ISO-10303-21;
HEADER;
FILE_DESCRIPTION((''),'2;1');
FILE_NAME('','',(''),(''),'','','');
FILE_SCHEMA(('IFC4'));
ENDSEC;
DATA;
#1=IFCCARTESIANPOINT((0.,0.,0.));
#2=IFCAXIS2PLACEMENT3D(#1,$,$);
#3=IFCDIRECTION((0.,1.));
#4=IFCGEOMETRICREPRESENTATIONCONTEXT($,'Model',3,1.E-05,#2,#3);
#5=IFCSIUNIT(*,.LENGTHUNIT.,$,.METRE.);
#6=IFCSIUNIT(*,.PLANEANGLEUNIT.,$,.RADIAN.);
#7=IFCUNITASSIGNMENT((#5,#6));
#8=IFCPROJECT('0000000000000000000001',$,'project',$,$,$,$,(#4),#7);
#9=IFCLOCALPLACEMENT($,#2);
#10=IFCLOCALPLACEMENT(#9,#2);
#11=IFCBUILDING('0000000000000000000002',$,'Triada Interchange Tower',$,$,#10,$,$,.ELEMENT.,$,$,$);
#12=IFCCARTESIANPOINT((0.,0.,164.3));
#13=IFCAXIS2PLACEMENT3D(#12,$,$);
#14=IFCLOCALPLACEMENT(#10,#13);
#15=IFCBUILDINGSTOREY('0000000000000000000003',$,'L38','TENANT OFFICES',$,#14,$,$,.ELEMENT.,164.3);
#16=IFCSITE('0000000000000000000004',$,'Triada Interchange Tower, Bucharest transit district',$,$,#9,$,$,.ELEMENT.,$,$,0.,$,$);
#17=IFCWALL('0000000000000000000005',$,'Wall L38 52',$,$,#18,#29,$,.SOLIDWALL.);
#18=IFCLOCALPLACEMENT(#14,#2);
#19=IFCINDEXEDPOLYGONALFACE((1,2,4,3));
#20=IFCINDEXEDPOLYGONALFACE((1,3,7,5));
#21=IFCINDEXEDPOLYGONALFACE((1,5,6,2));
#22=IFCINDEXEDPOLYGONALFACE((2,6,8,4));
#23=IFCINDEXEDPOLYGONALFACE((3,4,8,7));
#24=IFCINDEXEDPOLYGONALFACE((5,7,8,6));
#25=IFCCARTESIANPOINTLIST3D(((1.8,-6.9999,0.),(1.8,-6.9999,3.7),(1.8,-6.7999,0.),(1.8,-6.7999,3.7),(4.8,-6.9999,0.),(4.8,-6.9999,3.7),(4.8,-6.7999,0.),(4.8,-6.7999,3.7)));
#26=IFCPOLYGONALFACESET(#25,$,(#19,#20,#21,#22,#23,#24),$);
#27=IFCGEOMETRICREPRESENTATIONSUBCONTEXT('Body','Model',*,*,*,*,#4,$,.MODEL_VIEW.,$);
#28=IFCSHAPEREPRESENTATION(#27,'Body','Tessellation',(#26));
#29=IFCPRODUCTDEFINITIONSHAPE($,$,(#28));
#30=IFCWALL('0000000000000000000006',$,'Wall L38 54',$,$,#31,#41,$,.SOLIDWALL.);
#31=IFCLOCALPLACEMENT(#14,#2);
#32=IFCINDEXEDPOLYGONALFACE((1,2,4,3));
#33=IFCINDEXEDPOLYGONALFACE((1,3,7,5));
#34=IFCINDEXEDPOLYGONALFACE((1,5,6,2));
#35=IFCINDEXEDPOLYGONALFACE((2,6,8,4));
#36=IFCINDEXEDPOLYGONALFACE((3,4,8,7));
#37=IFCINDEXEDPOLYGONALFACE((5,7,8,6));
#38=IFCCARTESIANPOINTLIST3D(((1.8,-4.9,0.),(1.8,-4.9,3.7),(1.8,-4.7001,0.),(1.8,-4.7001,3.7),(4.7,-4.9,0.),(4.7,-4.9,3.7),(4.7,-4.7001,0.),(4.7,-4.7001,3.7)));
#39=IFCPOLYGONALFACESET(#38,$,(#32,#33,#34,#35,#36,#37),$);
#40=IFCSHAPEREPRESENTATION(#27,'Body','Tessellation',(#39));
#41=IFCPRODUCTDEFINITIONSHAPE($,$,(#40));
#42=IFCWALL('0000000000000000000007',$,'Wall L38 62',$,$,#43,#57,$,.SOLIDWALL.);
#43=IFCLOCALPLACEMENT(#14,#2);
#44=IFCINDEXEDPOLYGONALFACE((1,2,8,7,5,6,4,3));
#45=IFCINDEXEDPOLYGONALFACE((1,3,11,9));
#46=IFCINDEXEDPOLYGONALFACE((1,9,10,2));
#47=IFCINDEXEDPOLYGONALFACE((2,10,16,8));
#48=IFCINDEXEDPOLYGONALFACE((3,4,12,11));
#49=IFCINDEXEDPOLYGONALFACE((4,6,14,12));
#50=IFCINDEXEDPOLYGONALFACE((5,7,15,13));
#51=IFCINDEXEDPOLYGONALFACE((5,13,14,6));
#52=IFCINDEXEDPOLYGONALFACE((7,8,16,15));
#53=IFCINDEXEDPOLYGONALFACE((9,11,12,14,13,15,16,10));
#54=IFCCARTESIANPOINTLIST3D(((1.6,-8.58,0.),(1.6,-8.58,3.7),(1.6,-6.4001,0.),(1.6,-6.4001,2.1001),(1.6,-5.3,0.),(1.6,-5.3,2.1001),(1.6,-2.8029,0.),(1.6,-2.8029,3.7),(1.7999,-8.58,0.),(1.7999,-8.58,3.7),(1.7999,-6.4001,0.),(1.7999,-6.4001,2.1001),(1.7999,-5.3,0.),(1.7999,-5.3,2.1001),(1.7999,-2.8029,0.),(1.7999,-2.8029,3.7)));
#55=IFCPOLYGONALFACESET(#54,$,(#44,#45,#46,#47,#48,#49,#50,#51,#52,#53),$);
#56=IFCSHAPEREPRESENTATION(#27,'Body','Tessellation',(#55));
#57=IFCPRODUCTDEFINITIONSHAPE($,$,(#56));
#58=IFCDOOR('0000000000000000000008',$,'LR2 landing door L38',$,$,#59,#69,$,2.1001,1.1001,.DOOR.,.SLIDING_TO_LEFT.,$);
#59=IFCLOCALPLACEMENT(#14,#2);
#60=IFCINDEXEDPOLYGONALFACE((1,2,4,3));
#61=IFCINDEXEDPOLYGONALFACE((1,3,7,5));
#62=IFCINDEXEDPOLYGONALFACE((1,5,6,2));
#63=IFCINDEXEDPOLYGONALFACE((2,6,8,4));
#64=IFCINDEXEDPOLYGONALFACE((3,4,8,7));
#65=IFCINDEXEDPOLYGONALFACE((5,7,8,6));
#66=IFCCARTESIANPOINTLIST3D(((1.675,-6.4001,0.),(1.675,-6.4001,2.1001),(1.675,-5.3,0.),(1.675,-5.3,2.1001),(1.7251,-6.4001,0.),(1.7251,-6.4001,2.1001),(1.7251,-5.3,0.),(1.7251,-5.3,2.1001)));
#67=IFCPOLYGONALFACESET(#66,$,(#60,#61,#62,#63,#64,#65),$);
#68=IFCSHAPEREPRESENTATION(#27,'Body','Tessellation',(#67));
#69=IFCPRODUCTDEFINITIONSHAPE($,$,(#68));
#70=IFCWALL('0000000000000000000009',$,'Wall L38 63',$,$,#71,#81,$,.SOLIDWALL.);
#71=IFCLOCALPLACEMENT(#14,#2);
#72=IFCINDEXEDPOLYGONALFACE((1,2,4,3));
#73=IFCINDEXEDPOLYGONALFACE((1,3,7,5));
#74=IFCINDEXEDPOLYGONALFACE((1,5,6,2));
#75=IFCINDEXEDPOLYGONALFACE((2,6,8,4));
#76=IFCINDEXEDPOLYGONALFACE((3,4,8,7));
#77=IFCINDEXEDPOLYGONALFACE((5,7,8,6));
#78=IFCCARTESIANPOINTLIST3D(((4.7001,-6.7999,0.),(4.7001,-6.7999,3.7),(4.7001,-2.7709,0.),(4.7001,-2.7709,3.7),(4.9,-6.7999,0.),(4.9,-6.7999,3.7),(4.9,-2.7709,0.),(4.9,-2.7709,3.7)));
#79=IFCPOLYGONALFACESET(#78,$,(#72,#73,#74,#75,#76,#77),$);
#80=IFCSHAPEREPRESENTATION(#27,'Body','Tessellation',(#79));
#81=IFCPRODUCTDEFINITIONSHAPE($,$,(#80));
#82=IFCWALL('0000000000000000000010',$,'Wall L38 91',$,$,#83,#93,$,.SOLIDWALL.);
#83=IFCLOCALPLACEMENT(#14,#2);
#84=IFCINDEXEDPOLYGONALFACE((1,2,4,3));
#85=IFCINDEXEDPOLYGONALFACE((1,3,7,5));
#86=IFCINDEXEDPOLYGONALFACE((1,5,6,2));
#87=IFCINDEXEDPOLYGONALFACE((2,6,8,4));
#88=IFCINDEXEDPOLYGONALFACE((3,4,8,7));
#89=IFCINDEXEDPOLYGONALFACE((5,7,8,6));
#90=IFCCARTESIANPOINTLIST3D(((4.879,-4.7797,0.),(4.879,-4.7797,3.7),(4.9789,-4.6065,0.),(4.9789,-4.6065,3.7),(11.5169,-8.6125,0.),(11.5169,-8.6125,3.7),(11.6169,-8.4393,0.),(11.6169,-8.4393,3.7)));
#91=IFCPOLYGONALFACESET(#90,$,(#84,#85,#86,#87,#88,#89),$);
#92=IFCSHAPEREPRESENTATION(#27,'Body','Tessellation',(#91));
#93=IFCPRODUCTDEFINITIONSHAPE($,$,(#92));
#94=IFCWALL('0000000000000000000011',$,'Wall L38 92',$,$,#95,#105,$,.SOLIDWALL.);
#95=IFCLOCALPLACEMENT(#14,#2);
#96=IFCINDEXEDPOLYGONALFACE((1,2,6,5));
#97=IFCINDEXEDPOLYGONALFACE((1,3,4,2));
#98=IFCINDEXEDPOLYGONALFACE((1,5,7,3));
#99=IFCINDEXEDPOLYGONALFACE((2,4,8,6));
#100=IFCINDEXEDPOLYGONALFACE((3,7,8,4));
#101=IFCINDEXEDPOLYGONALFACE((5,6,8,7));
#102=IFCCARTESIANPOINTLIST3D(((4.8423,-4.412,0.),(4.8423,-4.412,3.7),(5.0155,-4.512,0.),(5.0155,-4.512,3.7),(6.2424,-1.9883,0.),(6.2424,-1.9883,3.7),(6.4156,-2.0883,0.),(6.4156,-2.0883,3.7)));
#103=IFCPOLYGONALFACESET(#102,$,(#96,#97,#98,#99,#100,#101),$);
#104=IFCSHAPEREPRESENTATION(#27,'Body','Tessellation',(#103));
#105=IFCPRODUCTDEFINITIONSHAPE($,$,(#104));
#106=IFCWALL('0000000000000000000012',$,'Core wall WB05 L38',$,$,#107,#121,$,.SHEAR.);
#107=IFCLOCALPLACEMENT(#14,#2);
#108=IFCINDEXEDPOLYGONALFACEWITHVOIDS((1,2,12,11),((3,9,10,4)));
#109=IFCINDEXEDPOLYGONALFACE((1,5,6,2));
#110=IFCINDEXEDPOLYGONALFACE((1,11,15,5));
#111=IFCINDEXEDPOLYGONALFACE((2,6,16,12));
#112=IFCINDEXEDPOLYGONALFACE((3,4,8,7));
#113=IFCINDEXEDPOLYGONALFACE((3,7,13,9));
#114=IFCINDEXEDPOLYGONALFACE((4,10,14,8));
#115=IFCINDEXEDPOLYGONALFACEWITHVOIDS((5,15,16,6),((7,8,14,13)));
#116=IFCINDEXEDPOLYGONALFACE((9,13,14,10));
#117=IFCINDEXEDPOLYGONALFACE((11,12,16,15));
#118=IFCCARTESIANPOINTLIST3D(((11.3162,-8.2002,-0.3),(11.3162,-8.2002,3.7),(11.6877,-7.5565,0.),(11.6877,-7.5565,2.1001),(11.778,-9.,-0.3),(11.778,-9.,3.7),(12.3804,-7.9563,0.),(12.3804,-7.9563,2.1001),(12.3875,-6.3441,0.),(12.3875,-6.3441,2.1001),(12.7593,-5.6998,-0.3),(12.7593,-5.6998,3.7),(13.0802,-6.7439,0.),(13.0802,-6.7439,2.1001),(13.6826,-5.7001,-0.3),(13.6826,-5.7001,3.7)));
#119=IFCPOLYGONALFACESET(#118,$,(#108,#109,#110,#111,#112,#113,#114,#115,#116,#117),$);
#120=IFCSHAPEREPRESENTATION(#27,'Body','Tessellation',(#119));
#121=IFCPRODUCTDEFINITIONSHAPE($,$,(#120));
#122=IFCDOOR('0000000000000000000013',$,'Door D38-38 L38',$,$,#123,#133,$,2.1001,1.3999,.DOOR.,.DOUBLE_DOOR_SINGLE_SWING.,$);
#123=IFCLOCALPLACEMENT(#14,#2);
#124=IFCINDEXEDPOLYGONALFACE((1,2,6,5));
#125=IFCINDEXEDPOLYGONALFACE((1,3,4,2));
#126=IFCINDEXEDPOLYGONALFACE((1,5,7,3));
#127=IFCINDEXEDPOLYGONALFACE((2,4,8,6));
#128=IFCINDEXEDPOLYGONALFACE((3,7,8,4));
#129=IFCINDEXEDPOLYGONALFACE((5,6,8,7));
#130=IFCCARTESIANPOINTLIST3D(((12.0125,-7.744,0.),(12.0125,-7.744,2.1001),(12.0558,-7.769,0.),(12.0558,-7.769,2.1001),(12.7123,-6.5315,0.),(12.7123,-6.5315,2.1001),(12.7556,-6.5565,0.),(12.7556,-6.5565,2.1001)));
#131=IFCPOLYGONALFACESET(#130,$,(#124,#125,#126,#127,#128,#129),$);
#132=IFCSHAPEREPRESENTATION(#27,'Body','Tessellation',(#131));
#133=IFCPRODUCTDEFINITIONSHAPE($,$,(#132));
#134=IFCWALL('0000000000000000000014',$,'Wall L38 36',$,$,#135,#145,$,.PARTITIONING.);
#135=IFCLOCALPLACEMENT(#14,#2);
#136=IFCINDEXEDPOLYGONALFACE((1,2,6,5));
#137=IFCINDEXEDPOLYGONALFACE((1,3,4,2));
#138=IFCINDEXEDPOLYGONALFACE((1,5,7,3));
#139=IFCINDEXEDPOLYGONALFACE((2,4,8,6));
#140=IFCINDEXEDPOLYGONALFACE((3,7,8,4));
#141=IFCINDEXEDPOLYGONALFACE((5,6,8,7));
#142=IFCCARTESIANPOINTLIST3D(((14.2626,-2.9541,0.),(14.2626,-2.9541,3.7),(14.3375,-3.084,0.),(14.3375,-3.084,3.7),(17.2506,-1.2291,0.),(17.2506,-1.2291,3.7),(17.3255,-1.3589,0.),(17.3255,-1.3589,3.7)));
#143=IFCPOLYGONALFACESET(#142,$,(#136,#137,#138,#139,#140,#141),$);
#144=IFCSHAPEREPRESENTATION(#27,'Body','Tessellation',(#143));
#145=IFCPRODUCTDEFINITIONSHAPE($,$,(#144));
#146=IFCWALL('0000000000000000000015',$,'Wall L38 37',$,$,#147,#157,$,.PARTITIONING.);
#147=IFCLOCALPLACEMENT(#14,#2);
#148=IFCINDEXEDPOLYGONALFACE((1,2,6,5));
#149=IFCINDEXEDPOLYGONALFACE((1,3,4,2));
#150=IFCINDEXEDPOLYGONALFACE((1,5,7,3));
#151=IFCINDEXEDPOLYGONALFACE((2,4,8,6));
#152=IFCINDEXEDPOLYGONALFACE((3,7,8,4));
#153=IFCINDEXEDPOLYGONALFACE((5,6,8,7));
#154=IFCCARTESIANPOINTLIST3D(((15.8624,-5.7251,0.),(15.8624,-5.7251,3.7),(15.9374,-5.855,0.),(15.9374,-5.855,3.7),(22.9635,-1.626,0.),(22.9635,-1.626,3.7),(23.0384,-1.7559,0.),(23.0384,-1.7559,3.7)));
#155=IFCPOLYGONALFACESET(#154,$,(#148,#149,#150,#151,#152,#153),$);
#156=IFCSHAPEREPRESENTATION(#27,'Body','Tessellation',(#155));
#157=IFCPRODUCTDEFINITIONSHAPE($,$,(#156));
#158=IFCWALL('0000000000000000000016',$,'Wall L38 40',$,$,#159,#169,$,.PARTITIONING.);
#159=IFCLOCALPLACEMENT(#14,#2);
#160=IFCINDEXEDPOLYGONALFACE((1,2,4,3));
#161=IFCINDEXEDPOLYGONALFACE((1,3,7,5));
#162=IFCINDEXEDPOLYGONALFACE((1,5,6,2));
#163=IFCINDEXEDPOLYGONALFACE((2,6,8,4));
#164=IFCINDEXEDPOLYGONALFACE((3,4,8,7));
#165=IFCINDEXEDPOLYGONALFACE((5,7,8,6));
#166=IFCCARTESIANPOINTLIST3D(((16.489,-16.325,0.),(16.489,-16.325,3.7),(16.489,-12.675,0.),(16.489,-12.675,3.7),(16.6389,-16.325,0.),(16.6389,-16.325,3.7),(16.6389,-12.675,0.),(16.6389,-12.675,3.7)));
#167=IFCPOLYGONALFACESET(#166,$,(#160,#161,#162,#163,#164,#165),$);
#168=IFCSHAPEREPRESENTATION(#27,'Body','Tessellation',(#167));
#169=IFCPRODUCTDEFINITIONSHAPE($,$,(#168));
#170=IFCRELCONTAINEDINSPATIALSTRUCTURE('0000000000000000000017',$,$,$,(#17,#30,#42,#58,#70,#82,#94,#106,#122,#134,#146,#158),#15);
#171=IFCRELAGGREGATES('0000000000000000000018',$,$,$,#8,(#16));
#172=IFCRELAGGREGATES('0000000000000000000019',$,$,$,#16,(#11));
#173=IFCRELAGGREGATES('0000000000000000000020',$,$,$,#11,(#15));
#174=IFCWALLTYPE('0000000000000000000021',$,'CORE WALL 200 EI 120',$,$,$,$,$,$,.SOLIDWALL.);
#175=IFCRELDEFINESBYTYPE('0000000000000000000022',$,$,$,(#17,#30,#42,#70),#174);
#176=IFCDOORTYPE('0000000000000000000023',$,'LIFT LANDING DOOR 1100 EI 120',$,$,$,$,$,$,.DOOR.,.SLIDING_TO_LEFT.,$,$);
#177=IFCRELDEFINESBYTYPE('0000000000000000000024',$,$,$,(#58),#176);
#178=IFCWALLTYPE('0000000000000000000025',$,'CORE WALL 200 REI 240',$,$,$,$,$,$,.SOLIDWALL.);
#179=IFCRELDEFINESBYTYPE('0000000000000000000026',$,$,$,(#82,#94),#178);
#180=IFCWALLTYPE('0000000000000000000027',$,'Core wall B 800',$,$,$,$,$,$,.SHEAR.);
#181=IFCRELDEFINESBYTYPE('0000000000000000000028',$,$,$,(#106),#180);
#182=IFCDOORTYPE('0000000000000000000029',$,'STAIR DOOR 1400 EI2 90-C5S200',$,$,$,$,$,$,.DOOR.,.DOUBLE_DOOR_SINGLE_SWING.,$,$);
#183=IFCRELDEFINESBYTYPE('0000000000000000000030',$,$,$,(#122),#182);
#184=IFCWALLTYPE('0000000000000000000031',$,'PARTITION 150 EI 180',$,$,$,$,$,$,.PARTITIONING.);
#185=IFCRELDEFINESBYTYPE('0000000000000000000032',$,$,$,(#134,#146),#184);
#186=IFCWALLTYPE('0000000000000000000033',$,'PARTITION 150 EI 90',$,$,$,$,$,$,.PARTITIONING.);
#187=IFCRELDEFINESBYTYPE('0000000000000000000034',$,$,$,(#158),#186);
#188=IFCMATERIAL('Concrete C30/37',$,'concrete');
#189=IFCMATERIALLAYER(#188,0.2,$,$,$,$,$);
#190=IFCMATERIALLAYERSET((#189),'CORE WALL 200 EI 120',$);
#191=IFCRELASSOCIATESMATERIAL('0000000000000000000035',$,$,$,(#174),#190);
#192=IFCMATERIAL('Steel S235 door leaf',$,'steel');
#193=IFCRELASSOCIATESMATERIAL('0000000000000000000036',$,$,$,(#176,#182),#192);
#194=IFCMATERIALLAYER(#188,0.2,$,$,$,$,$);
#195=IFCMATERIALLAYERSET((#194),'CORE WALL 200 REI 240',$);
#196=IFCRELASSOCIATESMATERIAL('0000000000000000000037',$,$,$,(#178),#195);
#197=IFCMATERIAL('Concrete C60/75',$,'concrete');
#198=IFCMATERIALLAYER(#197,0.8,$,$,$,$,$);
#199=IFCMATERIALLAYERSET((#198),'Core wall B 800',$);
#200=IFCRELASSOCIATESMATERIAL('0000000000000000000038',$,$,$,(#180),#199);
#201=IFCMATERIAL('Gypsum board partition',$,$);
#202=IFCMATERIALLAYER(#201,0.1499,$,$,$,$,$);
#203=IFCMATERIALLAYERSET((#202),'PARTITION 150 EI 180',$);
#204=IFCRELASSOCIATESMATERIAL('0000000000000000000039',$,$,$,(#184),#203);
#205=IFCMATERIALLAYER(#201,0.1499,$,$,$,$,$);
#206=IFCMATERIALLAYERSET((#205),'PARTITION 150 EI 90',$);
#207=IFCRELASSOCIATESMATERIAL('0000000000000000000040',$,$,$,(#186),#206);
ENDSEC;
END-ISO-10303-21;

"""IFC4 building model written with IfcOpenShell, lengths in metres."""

from ifc_helpers import new_model, si_unit, direction, frame, frame_2d, origin, place, context, subcontext, project, spatial, polyline, rectangle, outline, extrude, material, layer, layer_set, type_object, element, fill, save


model = new_model("IFC4")

# Units and contexts
model_context = context("Model", 3, precision=1e-05, world=origin(), true_north=direction((0.0, 1.0)))
body_context = subcontext(model_context, "Body", "Model", "MODEL_VIEW")
ifc_project = project(units=[si_unit("LENGTHUNIT", "METRE"), si_unit("PLANEANGLEUNIT", "RADIAN")], contexts=[model_context])

# Site, building, storey
site_placement = place(None, origin())
site = spatial("IfcSite", under=ifc_project, at=site_placement, Name="Triada Interchange Tower, Bucharest transit district", CompositionType="ELEMENT", RefElevation=0.0)
building_placement = place(site_placement, origin())
building = spatial("IfcBuilding", under=site, at=building_placement, Name="Triada Interchange Tower", CompositionType="ELEMENT")
storey_placement = place(building_placement, frame((0.0, 0.0, 164.3)))
storey = spatial("IfcBuildingStorey", under=building, at=storey_placement, Name="L38", Description="TENANT OFFICES", CompositionType="ELEMENT", Elevation=164.3)

# Walls
ifc_material_1 = material(Name="Concrete C30/37", Category="concrete")
ifc_layer_1 = layer(ifc_material_1, 0.2)
ifc_layer_set_1 = layer_set([ifc_layer_1], Name="CORE WALL 200 EI 120")
wall_type_1 = type_object("IfcWallType", Name="CORE WALL 200 EI 120", PredefinedType="SOLIDWALL", material=ifc_layer_set_1)
wall_1_placement = place(storey_placement, frame((1.8, -6.8999, 0.0), z_axis=(0.0, 0.0, 1.0), x_axis=(1.0, 0.0, 0.0)))
element("IfcWall", 1, at=wall_1_placement, inside=storey, type_object=wall_type_1, Name="Wall L38 52", PredefinedType="SOLIDWALL", context=body_context, shape_type="SweptSolid", body=[
    extrude(rectangle(XDim=3.0, YDim=0.2, at=frame_2d((1.5, 0.0))), origin(), (0.0, 0.0, 1.0), 3.7),
])
wall_2_placement = place(storey_placement, frame((1.8, -4.8, 0.0), z_axis=(0.0, 0.0, 1.0), x_axis=(1.0, 0.0, 0.0)))
element("IfcWall", 2, at=wall_2_placement, inside=storey, type_object=wall_type_1, Name="Wall L38 54", PredefinedType="SOLIDWALL", context=body_context, shape_type="SweptSolid", body=[
    extrude(rectangle(XDim=2.8999, YDim=0.2, at=frame_2d((1.45, 0.0))), origin(), (0.0, 0.0, 1.0), 3.7),
])

# Wall, opening, door
wall_3_placement = place(storey_placement, frame((1.7, -8.5801, 0.0), z_axis=(0.0, 0.0, 1.0), x_axis=(0.0, 1.0, 0.0)))
wall_3 = element("IfcWall", 3, at=wall_3_placement, inside=storey, type_object=wall_type_1, Name="Wall L38 62", PredefinedType="SOLIDWALL", context=body_context, shape_type="SweptSolid", body=[
    extrude(rectangle(XDim=5.7771, YDim=0.2, at=frame_2d((2.8887, 0.0))), origin(), (0.0, 0.0, 1.0), 3.7),
])
opening_1_placement = place(wall_3_placement, frame((2.1799, 0.0, 0.0)))
opening_1 = element("IfcOpeningElement", 4, at=opening_1_placement, cuts=wall_3, PredefinedType="OPENING", context=body_context, shape_type="SweptSolid", body=[
    extrude(rectangle(XDim=1.1001, YDim=2.1001, at=frame_2d((0.55, 1.05))), frame((0.0, 0.1099, 0.0), z_axis=(0.0, -1.0, 0.0), x_axis=(1.0, 0.0, 0.0)), (0.0, 0.0, 1.0), 0.22),
])
ifc_material_2 = material(Name="Steel S235 door leaf", Category="steel")
door_type_1 = type_object("IfcDoorType", Name="LIFT LANDING DOOR 1100 EI 120", OperationType="SLIDING_TO_LEFT", PredefinedType="DOOR", material=ifc_material_2)
door_1_placement = place(opening_1_placement, origin())
door_1 = element("IfcDoor", 5, at=door_1_placement, inside=storey, type_object=door_type_1, Name="LR2 landing door L38", OperationType="SLIDING_TO_LEFT", OverallHeight=2.1001, OverallWidth=1.1001, PredefinedType="DOOR", context=body_context, shape_type="SweptSolid", body=[
    extrude(rectangle(XDim=1.1001, YDim=2.1001, at=frame_2d((0.55, 1.05))), frame((0.0, 0.0249, 0.0), z_axis=(0.0, -1.0, 0.0), x_axis=(1.0, 0.0, 0.0)), (0.0, 0.0, 1.0), 0.05),
])
fill(opening_1, door_1)

# Walls
wall_4_placement = place(storey_placement, frame((4.8, -6.8, 0.0), z_axis=(0.0, 0.0, 1.0), x_axis=(0.0, 1.0, 0.0)))
element("IfcWall", 6, at=wall_4_placement, inside=storey, type_object=wall_type_1, Name="Wall L38 63", PredefinedType="SOLIDWALL", context=body_context, shape_type="SweptSolid", body=[
    extrude(rectangle(XDim=4.0291, YDim=0.2, at=frame_2d((2.0146, 0.0))), origin(), (0.0, 0.0, 1.0), 3.7),
])
ifc_layer_2 = layer(ifc_material_1, 0.2)
ifc_layer_set_2 = layer_set([ifc_layer_2], Name="CORE WALL 200 REI 240")
wall_type_2 = type_object("IfcWallType", Name="CORE WALL 200 REI 240", PredefinedType="SOLIDWALL", material=ifc_layer_set_2)
wall_5_placement = place(storey_placement, frame((4.929, -4.6931, 0.0), z_axis=(0.0, 0.0, 1.0), x_axis=(0.866006, -0.500034, 0.0)))
element("IfcWall", 7, at=wall_5_placement, inside=storey, type_object=wall_type_2, Name="Wall L38 91", PredefinedType="SOLIDWALL", context=body_context, shape_type="SweptSolid", body=[
    extrude(rectangle(XDim=7.665, YDim=0.2, at=frame_2d((3.8325, 0.0))), origin(), (0.0, 0.0, 1.0), 3.7),
])
wall_6_placement = place(storey_placement, frame((4.929, -4.4619, 0.0), z_axis=(0.0, 0.0, 1.0), x_axis=(0.500201, 0.86591, 0.0)))
element("IfcWall", 8, at=wall_6_placement, inside=storey, type_object=wall_type_2, Name="Wall L38 92", PredefinedType="SOLIDWALL", context=body_context, shape_type="SweptSolid", body=[
    extrude(rectangle(XDim=2.7991, YDim=0.2, at=frame_2d((1.3994, 0.0))), origin(), (0.0, 0.0, 1.0), 3.7),
])

# Wall, opening, door
ifc_material_3 = material(Name="Concrete C60/75", Category="concrete")
ifc_layer_3 = layer(ifc_material_3, 0.8)
ifc_layer_set_3 = layer_set([ifc_layer_3], Name="Core wall B 800")
wall_type_3 = type_object("IfcWallType", Name="Core wall B 800", PredefinedType="SHEAR", material=ifc_layer_set_3)
wall_7_placement = place(storey_placement, frame((11.5471, -8.6001, -0.3), z_axis=(0.0, 0.0, 1.0), x_axis=(0.499872, 0.866099, 0.0)))
wall_7 = element("IfcWall", 9, at=wall_7_placement, inside=storey, type_object=wall_type_3, Name="Core wall WB05 L38", PredefinedType="SHEAR", context=body_context, shape_type="SweptSolid", body=[
    extrude(outline(polyline([(-0.231, -0.3999), (1.6741, -0.3999), (3.5791, -0.3999), (3.1179, 0.3999), (1.6743, 0.3999), (0.231, 0.3999), (-0.231, -0.3999)])), origin(), (0.0, 0.0, 1.0), 4.0),
])
opening_2_placement = place(wall_7_placement, frame((0.9741, 0.0, 0.3)))
opening_2 = element("IfcOpeningElement", 10, at=opening_2_placement, cuts=wall_7, PredefinedType="OPENING", context=body_context, shape_type="SweptSolid", body=[
    extrude(rectangle(XDim=1.3999, YDim=2.1001, at=frame_2d((0.7, 1.05))), frame((0.0, 0.4099, 0.0), z_axis=(0.0, -1.0, 0.0), x_axis=(1.0, 0.0, 0.0)), (0.0, 0.0, 1.0), 0.8201),
])
door_type_2 = type_object("IfcDoorType", Name="STAIR DOOR 1400 EI2 90-C5S200", OperationType="DOUBLE_DOOR_SINGLE_SWING", PredefinedType="DOOR", material=ifc_material_2)
door_2_placement = place(opening_2_placement, origin())
door_2 = element("IfcDoor", 11, at=door_2_placement, inside=storey, type_object=door_type_2, Name="Door D38-38 L38", OperationType="DOUBLE_DOOR_SINGLE_SWING", OverallHeight=2.1001, OverallWidth=1.3999, PredefinedType="DOOR", context=body_context, shape_type="SweptSolid", body=[
    extrude(rectangle(XDim=1.3999, YDim=2.1001, at=frame_2d((0.7, 1.05))), frame((0.0, 0.0249, 0.0), z_axis=(0.0, -1.0, 0.0), x_axis=(1.0, 0.0, 0.0)), (0.0, 0.0, 1.0), 0.05),
])
fill(opening_2, door_2)

# Walls
ifc_material_4 = material(Name="Gypsum board partition")
ifc_layer_4 = layer(ifc_material_4, 0.1499)
ifc_layer_set_4 = layer_set([ifc_layer_4], Name="PARTITION 150 EI 180")
wall_type_4 = type_object("IfcWallType", Name="PARTITION 150 EI 180", PredefinedType="PARTITIONING", material=ifc_layer_set_4)
wall_8_placement = place(storey_placement, frame((14.3, -3.019, 0.0), z_axis=(0.0, 0.0, 1.0), x_axis=(0.866031, 0.49999, 0.0)))
element("IfcWall", 12, at=wall_8_placement, inside=storey, type_object=wall_type_4, Name="Wall L38 36", PredefinedType="PARTITIONING", context=body_context, shape_type="SweptSolid", body=[
    extrude(rectangle(XDim=3.4502, YDim=0.1499, at=frame_2d((1.7251, 0.0))), origin(), (0.0, 0.0, 1.0), 3.7),
])
wall_9_placement = place(storey_placement, frame((15.8999, -5.79, 0.0), z_axis=(0.0, 0.0, 1.0), x_axis=(0.866062, 0.499937, 0.0)))
element("IfcWall", 13, at=wall_9_placement, inside=storey, type_object=wall_type_4, Name="Wall L38 37", PredefinedType="PARTITIONING", context=body_context, shape_type="SweptSolid", body=[
    extrude(rectangle(XDim=8.1992, YDim=0.1499, at=frame_2d((4.0996, 0.0))), origin(), (0.0, 0.0, 1.0), 3.7),
])
ifc_layer_5 = layer(ifc_material_4, 0.1499)
ifc_layer_set_5 = layer_set([ifc_layer_5], Name="PARTITION 150 EI 90")
wall_type_5 = type_object("IfcWallType", Name="PARTITION 150 EI 90", PredefinedType="PARTITIONING", material=ifc_layer_set_5)
wall_10_placement = place(storey_placement, frame((16.564, -16.325, 0.0), z_axis=(0.0, 0.0, 1.0), x_axis=(0.0, 1.0, 0.0)))
element("IfcWall", 14, at=wall_10_placement, inside=storey, type_object=wall_type_5, Name="Wall L38 40", PredefinedType="PARTITIONING", context=body_context, shape_type="SweptSolid", body=[
    extrude(rectangle(XDim=3.6499, YDim=0.1499, at=frame_2d((1.825, 0.0))), origin(), (0.0, 0.0, 1.0), 3.7),
])

save(model, "model.ifc")
